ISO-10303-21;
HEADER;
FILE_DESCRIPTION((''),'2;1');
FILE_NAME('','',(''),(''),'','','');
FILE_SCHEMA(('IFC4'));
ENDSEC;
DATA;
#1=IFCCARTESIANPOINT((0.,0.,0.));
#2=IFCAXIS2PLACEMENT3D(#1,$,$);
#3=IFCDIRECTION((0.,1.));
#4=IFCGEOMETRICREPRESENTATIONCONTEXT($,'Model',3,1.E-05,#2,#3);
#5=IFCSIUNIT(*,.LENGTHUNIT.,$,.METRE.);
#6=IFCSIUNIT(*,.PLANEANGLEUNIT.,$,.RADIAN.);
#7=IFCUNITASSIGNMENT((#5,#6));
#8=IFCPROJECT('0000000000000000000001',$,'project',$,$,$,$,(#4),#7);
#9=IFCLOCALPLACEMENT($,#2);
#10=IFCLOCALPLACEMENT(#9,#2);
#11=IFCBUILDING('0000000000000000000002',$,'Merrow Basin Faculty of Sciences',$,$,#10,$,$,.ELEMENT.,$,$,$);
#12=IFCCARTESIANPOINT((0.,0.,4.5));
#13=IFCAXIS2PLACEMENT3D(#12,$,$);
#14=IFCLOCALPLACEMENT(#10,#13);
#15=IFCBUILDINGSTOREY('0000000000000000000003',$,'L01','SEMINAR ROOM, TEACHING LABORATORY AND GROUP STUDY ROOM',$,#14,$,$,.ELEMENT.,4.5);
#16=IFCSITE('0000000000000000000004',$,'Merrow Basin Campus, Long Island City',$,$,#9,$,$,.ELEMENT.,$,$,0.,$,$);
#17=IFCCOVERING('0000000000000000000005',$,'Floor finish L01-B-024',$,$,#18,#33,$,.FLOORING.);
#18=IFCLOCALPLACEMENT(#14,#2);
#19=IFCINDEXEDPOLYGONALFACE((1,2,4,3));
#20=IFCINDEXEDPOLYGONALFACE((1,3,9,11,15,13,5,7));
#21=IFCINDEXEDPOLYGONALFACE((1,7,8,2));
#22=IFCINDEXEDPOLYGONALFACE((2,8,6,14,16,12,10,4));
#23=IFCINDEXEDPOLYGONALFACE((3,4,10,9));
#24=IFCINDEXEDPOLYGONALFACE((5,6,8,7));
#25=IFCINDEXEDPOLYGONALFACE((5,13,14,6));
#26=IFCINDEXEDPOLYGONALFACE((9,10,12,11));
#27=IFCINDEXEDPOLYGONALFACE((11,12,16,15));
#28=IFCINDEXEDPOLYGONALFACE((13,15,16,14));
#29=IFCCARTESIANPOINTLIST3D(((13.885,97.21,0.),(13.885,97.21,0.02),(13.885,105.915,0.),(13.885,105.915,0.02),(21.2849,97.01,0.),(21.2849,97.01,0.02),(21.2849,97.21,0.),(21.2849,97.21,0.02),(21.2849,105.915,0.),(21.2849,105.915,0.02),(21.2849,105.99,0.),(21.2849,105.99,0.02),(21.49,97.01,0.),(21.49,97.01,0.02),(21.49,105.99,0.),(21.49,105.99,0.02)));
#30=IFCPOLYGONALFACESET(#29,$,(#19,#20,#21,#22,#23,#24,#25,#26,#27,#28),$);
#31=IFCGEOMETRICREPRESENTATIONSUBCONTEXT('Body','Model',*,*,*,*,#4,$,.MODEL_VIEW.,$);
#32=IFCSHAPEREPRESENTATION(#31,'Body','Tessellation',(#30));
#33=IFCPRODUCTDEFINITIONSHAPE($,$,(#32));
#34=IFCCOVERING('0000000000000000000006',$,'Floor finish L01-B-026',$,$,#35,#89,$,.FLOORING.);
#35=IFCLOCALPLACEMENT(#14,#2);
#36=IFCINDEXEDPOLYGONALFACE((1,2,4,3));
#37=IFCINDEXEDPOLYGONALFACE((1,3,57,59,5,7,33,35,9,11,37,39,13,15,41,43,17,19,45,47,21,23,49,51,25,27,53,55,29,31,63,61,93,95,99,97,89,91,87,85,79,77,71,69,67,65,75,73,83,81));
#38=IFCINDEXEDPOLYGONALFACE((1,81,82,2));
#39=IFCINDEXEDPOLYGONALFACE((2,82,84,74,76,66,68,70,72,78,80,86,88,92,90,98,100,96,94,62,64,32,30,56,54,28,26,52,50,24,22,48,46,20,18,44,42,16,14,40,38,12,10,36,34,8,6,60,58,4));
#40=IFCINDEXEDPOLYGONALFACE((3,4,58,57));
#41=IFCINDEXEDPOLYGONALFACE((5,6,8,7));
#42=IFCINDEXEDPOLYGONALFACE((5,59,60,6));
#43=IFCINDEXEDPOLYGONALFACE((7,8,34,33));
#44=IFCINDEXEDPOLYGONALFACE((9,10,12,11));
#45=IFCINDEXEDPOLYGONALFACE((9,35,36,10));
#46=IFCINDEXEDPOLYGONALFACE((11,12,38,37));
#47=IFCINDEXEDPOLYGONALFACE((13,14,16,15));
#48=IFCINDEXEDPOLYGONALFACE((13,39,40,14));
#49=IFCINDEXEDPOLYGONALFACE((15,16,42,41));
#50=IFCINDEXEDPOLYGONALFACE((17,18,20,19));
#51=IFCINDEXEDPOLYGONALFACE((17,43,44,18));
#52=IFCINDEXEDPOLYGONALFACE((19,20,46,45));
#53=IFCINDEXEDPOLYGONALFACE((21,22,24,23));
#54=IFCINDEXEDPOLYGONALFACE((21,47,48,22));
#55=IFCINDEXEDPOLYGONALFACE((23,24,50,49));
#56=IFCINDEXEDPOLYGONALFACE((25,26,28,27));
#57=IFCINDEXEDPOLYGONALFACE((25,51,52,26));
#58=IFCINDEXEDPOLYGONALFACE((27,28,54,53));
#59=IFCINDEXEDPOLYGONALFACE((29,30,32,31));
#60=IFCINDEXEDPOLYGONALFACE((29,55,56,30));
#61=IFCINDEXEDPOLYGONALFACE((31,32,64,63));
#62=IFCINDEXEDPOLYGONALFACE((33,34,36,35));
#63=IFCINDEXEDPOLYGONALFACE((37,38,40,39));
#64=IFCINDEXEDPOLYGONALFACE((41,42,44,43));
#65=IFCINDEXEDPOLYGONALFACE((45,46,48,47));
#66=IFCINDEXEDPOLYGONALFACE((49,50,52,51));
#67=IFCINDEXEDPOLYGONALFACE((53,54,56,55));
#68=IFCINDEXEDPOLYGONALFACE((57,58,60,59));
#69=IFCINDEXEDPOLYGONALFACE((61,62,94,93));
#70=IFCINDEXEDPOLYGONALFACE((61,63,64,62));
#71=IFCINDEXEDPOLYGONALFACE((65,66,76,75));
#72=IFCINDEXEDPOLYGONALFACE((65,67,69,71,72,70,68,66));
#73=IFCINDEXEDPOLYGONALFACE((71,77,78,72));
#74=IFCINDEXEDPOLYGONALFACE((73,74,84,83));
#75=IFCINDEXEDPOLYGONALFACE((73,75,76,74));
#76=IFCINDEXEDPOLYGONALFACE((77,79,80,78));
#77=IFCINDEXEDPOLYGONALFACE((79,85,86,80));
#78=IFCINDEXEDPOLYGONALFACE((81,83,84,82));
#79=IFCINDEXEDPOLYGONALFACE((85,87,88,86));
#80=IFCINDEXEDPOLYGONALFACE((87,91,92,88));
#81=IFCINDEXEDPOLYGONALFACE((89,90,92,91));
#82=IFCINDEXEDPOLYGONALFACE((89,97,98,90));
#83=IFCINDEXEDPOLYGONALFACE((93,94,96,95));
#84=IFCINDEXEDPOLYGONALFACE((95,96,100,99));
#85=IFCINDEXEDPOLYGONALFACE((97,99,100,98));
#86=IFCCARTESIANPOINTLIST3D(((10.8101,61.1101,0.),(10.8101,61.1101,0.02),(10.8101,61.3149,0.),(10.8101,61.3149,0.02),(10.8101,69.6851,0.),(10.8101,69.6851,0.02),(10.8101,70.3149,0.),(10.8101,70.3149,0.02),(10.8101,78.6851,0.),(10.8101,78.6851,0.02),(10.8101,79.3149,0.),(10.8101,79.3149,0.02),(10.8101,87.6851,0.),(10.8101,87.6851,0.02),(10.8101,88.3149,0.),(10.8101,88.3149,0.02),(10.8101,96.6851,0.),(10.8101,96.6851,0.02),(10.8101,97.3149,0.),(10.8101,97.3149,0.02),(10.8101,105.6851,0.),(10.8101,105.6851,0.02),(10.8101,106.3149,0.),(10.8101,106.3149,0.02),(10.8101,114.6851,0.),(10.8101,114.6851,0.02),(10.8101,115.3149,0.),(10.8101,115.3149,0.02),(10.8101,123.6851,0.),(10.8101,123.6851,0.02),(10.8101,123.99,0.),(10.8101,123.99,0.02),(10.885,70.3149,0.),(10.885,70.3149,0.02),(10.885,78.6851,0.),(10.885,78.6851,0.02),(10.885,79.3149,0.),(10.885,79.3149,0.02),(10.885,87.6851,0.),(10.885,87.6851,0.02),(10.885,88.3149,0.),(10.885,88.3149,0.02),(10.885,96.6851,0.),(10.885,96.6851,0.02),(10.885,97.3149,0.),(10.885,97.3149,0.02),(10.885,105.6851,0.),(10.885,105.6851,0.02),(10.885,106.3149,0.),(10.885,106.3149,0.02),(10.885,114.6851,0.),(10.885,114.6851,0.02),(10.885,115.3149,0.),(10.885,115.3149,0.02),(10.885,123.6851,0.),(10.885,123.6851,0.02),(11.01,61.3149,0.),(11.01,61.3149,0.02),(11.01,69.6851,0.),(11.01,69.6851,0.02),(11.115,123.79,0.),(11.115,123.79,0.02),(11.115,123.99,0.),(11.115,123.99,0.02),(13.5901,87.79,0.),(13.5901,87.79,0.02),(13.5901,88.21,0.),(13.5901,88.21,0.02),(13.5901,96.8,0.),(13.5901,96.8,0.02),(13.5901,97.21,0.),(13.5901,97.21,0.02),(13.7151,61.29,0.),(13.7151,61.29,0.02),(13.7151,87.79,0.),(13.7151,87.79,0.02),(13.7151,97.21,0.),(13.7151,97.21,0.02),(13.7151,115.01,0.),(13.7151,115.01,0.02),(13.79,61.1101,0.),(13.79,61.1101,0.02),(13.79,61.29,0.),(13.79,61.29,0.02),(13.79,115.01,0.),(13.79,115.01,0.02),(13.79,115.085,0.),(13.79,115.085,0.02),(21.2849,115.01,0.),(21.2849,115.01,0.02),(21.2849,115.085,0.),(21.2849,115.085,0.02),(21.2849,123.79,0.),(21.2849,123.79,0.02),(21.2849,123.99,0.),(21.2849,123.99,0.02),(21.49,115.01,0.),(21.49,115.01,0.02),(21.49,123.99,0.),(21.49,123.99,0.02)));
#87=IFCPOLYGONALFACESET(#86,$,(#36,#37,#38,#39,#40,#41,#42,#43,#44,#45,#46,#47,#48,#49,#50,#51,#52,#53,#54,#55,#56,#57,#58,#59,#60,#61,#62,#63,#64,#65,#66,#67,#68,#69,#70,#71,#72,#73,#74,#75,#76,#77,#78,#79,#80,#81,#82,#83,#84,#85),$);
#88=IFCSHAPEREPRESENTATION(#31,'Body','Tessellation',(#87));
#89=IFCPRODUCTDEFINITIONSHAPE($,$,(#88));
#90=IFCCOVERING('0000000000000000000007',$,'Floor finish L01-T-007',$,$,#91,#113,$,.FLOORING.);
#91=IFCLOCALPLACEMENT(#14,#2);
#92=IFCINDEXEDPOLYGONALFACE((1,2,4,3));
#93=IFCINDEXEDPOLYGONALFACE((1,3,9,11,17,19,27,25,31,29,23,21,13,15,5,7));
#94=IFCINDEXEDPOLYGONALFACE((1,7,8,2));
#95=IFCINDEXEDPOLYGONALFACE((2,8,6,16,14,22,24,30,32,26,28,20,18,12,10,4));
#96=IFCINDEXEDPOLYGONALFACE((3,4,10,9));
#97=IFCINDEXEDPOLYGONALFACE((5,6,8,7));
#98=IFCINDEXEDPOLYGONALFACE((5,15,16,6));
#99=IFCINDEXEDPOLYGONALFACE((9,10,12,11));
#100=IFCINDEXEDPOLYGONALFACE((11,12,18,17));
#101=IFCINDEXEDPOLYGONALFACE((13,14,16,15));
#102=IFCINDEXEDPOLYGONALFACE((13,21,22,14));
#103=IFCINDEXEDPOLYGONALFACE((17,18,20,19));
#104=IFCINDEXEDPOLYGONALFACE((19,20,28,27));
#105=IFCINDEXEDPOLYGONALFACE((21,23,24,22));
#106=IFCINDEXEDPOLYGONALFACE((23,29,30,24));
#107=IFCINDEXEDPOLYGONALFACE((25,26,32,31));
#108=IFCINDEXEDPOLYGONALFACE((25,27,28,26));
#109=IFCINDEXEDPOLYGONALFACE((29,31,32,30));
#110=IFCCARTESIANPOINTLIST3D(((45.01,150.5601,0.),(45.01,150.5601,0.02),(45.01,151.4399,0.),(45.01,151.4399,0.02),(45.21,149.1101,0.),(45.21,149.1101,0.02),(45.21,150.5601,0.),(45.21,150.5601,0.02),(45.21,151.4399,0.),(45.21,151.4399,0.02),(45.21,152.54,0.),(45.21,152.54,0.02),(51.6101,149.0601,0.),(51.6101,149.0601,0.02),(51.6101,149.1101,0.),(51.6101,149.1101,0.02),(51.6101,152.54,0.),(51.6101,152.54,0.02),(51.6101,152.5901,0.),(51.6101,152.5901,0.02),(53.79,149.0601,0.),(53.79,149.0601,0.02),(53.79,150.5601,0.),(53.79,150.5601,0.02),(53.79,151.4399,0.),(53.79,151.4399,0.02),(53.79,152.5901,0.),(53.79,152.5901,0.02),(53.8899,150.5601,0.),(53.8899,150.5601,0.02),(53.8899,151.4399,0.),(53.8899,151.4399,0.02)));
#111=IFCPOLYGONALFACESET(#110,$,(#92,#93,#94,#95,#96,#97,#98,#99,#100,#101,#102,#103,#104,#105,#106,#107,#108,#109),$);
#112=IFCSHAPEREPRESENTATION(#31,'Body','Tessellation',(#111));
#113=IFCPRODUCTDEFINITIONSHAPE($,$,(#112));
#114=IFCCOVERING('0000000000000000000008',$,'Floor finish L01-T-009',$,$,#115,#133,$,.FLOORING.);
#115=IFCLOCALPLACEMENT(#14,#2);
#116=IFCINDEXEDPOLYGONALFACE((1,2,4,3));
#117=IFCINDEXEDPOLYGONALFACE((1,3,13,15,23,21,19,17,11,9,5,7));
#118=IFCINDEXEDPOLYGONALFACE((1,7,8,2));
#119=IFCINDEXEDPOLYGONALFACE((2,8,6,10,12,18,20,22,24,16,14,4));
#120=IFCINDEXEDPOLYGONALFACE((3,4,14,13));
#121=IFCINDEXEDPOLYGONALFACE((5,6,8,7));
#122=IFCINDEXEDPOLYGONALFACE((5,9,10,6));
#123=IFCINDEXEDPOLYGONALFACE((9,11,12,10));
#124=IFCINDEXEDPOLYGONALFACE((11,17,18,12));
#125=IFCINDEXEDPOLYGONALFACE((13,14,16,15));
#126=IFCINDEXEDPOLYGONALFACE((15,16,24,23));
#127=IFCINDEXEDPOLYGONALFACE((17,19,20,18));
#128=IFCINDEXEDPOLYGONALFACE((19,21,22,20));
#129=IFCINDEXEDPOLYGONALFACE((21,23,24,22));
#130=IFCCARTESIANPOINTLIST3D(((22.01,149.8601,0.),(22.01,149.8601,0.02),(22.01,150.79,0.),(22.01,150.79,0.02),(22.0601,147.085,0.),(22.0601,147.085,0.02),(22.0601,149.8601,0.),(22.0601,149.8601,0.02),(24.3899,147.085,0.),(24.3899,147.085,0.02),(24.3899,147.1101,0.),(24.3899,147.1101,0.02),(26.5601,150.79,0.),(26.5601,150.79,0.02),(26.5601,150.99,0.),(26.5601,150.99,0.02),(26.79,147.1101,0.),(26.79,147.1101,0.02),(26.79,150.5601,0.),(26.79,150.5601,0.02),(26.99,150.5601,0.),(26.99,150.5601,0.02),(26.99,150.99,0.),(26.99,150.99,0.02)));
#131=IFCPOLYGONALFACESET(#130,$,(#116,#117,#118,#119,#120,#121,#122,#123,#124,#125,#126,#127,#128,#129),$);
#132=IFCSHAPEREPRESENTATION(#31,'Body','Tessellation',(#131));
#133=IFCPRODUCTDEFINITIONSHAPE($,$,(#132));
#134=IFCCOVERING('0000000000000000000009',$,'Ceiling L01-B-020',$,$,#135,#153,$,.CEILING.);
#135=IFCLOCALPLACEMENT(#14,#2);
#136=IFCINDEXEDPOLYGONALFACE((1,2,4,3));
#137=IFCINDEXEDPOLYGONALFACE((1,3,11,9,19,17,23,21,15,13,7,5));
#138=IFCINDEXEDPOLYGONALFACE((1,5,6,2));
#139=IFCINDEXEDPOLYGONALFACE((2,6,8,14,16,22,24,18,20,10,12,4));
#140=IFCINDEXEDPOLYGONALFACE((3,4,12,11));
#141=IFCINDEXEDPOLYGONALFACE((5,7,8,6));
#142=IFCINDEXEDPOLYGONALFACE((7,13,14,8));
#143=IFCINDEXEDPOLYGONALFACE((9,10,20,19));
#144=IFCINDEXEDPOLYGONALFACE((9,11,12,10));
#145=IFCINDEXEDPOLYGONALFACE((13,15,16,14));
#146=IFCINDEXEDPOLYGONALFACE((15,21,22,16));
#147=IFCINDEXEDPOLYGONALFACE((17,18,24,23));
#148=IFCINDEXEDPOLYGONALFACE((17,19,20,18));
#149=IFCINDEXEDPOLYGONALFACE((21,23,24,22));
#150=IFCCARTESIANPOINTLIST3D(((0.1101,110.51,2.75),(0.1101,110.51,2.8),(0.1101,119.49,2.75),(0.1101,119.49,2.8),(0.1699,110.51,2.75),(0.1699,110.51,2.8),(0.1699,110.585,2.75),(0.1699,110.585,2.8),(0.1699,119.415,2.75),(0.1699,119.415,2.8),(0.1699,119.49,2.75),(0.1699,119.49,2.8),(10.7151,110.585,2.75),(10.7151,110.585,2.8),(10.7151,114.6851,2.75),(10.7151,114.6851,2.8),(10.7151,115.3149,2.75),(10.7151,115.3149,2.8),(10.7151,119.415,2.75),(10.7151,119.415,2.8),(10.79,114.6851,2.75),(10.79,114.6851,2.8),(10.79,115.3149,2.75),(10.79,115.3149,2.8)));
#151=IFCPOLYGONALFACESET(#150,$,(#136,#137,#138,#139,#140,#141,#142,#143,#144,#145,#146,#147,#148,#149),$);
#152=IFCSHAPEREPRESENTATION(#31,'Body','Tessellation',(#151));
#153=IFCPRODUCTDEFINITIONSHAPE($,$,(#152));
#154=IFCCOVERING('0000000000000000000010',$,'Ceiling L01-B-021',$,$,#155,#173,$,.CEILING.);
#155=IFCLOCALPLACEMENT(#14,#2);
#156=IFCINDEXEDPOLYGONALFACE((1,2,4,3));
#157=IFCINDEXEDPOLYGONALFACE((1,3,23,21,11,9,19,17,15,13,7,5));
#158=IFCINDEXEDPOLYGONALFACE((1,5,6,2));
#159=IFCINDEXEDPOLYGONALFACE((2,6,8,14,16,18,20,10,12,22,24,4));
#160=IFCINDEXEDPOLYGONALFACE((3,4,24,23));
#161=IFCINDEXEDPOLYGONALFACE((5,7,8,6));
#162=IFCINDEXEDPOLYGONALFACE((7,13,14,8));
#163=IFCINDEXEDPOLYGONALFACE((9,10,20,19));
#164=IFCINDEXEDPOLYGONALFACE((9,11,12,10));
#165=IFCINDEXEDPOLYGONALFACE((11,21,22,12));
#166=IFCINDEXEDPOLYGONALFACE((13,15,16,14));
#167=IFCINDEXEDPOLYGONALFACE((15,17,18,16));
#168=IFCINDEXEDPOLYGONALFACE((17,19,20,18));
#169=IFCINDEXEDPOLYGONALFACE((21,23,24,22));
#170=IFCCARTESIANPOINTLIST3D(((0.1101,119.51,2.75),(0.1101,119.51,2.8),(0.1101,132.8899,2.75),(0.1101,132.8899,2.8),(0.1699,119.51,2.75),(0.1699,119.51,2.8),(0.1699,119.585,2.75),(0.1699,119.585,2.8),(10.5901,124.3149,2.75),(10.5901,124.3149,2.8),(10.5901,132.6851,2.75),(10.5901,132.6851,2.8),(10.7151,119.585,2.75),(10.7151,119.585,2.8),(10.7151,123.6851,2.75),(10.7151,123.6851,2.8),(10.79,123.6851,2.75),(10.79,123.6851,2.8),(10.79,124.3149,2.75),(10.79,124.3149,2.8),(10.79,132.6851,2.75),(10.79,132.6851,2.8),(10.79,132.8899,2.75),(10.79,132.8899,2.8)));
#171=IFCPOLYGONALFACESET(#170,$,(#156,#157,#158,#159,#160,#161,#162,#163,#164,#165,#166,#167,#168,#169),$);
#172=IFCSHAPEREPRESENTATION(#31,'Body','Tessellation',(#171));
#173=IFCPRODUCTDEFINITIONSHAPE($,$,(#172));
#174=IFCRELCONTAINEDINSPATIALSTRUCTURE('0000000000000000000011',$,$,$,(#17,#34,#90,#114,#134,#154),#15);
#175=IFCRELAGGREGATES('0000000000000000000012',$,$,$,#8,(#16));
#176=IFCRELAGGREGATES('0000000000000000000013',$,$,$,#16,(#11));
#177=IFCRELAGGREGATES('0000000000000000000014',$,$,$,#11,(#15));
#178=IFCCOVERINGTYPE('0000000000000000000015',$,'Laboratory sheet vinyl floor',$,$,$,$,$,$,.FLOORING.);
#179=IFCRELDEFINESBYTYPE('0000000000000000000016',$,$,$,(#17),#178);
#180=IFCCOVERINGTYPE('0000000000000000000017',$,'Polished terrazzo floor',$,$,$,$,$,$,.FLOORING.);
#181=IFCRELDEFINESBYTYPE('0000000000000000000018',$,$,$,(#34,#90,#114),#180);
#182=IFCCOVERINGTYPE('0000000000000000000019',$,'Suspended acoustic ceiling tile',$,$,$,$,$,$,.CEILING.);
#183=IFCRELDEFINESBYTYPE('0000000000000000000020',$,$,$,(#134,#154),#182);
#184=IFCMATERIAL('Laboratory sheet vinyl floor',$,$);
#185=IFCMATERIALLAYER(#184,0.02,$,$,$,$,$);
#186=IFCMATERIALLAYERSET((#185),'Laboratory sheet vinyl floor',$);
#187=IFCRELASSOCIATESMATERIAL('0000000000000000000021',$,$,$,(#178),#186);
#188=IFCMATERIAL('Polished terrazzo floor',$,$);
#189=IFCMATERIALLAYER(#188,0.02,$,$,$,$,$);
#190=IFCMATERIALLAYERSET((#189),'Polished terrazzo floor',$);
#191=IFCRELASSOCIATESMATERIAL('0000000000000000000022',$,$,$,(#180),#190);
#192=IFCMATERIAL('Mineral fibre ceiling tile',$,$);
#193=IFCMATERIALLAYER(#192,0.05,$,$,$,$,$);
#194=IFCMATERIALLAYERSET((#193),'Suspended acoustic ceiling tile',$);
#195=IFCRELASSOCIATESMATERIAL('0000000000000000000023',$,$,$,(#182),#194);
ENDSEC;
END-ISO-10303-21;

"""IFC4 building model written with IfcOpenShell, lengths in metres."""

from ifc_helpers import new_model, si_unit, direction, frame, origin, place, context, subcontext, project, spatial, polyline, outline, extrude, material, layer, layer_set, type_object, element, save


model = new_model("IFC4")

# Units and contexts
model_context = context("Model", 3, precision=1e-05, world=origin(), true_north=direction((0.0, 1.0)))
body_context = subcontext(model_context, "Body", "Model", "MODEL_VIEW")
ifc_project = project(units=[si_unit("LENGTHUNIT", "METRE"), si_unit("PLANEANGLEUNIT", "RADIAN")], contexts=[model_context])

# Site, building, storey
site_placement = place(None, origin())
site = spatial("IfcSite", under=ifc_project, at=site_placement, Name="Merrow Basin Campus, Long Island City", CompositionType="ELEMENT", RefElevation=0.0)
building_placement = place(site_placement, origin())
building = spatial("IfcBuilding", under=site, at=building_placement, Name="Merrow Basin Faculty of Sciences", CompositionType="ELEMENT")
storey_placement = place(building_placement, frame((0.0, 0.0, 4.5)))
storey = spatial("IfcBuildingStorey", under=building, at=storey_placement, Name="L01", Description="SEMINAR ROOM, TEACHING LABORATORY AND GROUP STUDY ROOM", CompositionType="ELEMENT", Elevation=4.5)

# Coverings
ifc_material_1 = material(Name="Laboratory sheet vinyl floor")
ifc_layer_1 = layer(ifc_material_1, 0.02)
ifc_layer_set_1 = layer_set([ifc_layer_1], Name="Laboratory sheet vinyl floor")
covering_type_1 = type_object("IfcCoveringType", Name="Laboratory sheet vinyl floor", PredefinedType="FLOORING", material=ifc_layer_set_1)
covering_1_placement = place(storey_placement, origin())
element("IfcCovering", 1, at=covering_1_placement, inside=storey, type_object=covering_type_1, Name="Floor finish L01-B-024", PredefinedType="FLOORING", context=body_context, shape_type="SweptSolid", body=[
    extrude(outline(polyline([(21.49, 105.99), (21.49, 97.01), (21.2849, 97.01), (21.2849, 97.21), (13.885, 97.21), (13.885, 105.915), (21.2849, 105.915), (21.2849, 105.99), (21.49, 105.99)])), origin(), (0.0, 0.0, 1.0), 0.02),
])
ifc_material_2 = material(Name="Polished terrazzo floor")
ifc_layer_2 = layer(ifc_material_2, 0.02)
ifc_layer_set_2 = layer_set([ifc_layer_2], Name="Polished terrazzo floor")
covering_type_2 = type_object("IfcCoveringType", Name="Polished terrazzo floor", PredefinedType="FLOORING", material=ifc_layer_set_2)
covering_2_placement = place(storey_placement, origin())
element("IfcCovering", 2, at=covering_2_placement, inside=storey, type_object=covering_type_2, Name="Floor finish L01-B-026", PredefinedType="FLOORING", context=body_context, shape_type="SweptSolid", body=[
    extrude(outline(polyline([(11.115, 123.99), (11.115, 123.79), (21.2849, 123.79), (21.2849, 123.99), (21.49, 123.99), (21.49, 115.01), (21.2849, 115.01), (21.2849, 115.085), (13.79, 115.085), (13.79, 115.01), (13.7151, 115.01), (13.7151, 97.21), (13.5901, 97.21), (13.5901, 96.8), (13.5901, 88.21), (13.5901, 87.79), (13.7151, 87.79), (13.7151, 61.29), (13.79, 61.29), (13.79, 61.1101), (10.8101, 61.1101), (10.8101, 61.3149), (11.01, 61.3149), (11.01, 69.6851), (10.8101, 69.6851), (10.8101, 70.3149), (10.885, 70.3149), (10.885, 78.6851), (10.8101, 78.6851), (10.8101, 79.3149), (10.885, 79.3149), (10.885, 87.6851), (10.8101, 87.6851), (10.8101, 88.3149), (10.885, 88.3149), (10.885, 96.6851), (10.8101, 96.6851), (10.8101, 97.3149), (10.885, 97.3149), (10.885, 105.6851), (10.8101, 105.6851), (10.8101, 106.3149), (10.885, 106.3149), (10.885, 114.6851), (10.8101, 114.6851), (10.8101, 115.3149), (10.885, 115.3149), (10.885, 123.6851), (10.8101, 123.6851), (10.8101, 123.99), (11.115, 123.99)])), origin(), (0.0, 0.0, 1.0), 0.02),
])
covering_3_placement = place(storey_placement, origin())
element("IfcCovering", 3, at=covering_3_placement, inside=storey, type_object=covering_type_2, Name="Floor finish L01-T-007", PredefinedType="FLOORING", context=body_context, shape_type="SweptSolid", body=[
    extrude(outline(polyline([(45.01, 151.4399), (45.21, 151.4399), (45.21, 152.54), (51.6101, 152.54), (51.6101, 152.5901), (53.79, 152.5901), (53.79, 151.4399), (53.8899, 151.4399), (53.8899, 150.5601), (53.79, 150.5601), (53.79, 149.0601), (51.6101, 149.0601), (51.6101, 149.1101), (45.21, 149.1101), (45.21, 150.5601), (45.01, 150.5601), (45.01, 151.4399)])), origin(), (0.0, 0.0, 1.0), 0.02),
])
covering_4_placement = place(storey_placement, origin())
element("IfcCovering", 4, at=covering_4_placement, inside=storey, type_object=covering_type_2, Name="Floor finish L01-T-009", PredefinedType="FLOORING", context=body_context, shape_type="SweptSolid", body=[
    extrude(outline(polyline([(26.99, 150.99), (26.99, 150.5601), (26.79, 150.5601), (26.79, 147.1101), (24.3899, 147.1101), (24.3899, 147.085), (22.0601, 147.085), (22.0601, 149.8601), (22.01, 149.8601), (22.01, 150.79), (26.5601, 150.79), (26.5601, 150.99), (26.99, 150.99)])), origin(), (0.0, 0.0, 1.0), 0.02),
])
ifc_material_3 = material(Name="Mineral fibre ceiling tile")
ifc_layer_3 = layer(ifc_material_3, 0.05)
ifc_layer_set_3 = layer_set([ifc_layer_3], Name="Suspended acoustic ceiling tile")
covering_type_3 = type_object("IfcCoveringType", Name="Suspended acoustic ceiling tile", PredefinedType="CEILING", material=ifc_layer_set_3)
covering_5_placement = place(storey_placement, frame((0.0, 0.0, 2.75)))
element("IfcCovering", 5, at=covering_5_placement, inside=storey, type_object=covering_type_3, Name="Ceiling L01-B-020", PredefinedType="CEILING", context=body_context, shape_type="SweptSolid", body=[
    extrude(outline(polyline([(10.7151, 119.415), (10.7151, 115.3149), (10.79, 115.3149), (10.79, 114.6851), (10.7151, 114.6851), (10.7151, 110.585), (0.1699, 110.585), (0.1699, 110.51), (0.1101, 110.51), (0.1101, 119.49), (0.1699, 119.49), (0.1699, 119.415), (10.7151, 119.415)])), origin(), (0.0, 0.0, 1.0), 0.05),
])
covering_6_placement = place(storey_placement, frame((0.0, 0.0, 2.75)))
element("IfcCovering", 6, at=covering_6_placement, inside=storey, type_object=covering_type_3, Name="Ceiling L01-B-021", PredefinedType="CEILING", context=body_context, shape_type="SweptSolid", body=[
    extrude(outline(polyline([(10.7151, 119.585), (0.1699, 119.585), (0.1699, 119.51), (0.1101, 119.51), (0.1101, 132.8899), (10.79, 132.8899), (10.79, 132.6851), (10.5901, 132.6851), (10.5901, 124.3149), (10.79, 124.3149), (10.79, 123.6851), (10.7151, 123.6851), (10.7151, 119.585)])), origin(), (0.0, 0.0, 1.0), 0.05),
])

save(model, "model.ifc")
